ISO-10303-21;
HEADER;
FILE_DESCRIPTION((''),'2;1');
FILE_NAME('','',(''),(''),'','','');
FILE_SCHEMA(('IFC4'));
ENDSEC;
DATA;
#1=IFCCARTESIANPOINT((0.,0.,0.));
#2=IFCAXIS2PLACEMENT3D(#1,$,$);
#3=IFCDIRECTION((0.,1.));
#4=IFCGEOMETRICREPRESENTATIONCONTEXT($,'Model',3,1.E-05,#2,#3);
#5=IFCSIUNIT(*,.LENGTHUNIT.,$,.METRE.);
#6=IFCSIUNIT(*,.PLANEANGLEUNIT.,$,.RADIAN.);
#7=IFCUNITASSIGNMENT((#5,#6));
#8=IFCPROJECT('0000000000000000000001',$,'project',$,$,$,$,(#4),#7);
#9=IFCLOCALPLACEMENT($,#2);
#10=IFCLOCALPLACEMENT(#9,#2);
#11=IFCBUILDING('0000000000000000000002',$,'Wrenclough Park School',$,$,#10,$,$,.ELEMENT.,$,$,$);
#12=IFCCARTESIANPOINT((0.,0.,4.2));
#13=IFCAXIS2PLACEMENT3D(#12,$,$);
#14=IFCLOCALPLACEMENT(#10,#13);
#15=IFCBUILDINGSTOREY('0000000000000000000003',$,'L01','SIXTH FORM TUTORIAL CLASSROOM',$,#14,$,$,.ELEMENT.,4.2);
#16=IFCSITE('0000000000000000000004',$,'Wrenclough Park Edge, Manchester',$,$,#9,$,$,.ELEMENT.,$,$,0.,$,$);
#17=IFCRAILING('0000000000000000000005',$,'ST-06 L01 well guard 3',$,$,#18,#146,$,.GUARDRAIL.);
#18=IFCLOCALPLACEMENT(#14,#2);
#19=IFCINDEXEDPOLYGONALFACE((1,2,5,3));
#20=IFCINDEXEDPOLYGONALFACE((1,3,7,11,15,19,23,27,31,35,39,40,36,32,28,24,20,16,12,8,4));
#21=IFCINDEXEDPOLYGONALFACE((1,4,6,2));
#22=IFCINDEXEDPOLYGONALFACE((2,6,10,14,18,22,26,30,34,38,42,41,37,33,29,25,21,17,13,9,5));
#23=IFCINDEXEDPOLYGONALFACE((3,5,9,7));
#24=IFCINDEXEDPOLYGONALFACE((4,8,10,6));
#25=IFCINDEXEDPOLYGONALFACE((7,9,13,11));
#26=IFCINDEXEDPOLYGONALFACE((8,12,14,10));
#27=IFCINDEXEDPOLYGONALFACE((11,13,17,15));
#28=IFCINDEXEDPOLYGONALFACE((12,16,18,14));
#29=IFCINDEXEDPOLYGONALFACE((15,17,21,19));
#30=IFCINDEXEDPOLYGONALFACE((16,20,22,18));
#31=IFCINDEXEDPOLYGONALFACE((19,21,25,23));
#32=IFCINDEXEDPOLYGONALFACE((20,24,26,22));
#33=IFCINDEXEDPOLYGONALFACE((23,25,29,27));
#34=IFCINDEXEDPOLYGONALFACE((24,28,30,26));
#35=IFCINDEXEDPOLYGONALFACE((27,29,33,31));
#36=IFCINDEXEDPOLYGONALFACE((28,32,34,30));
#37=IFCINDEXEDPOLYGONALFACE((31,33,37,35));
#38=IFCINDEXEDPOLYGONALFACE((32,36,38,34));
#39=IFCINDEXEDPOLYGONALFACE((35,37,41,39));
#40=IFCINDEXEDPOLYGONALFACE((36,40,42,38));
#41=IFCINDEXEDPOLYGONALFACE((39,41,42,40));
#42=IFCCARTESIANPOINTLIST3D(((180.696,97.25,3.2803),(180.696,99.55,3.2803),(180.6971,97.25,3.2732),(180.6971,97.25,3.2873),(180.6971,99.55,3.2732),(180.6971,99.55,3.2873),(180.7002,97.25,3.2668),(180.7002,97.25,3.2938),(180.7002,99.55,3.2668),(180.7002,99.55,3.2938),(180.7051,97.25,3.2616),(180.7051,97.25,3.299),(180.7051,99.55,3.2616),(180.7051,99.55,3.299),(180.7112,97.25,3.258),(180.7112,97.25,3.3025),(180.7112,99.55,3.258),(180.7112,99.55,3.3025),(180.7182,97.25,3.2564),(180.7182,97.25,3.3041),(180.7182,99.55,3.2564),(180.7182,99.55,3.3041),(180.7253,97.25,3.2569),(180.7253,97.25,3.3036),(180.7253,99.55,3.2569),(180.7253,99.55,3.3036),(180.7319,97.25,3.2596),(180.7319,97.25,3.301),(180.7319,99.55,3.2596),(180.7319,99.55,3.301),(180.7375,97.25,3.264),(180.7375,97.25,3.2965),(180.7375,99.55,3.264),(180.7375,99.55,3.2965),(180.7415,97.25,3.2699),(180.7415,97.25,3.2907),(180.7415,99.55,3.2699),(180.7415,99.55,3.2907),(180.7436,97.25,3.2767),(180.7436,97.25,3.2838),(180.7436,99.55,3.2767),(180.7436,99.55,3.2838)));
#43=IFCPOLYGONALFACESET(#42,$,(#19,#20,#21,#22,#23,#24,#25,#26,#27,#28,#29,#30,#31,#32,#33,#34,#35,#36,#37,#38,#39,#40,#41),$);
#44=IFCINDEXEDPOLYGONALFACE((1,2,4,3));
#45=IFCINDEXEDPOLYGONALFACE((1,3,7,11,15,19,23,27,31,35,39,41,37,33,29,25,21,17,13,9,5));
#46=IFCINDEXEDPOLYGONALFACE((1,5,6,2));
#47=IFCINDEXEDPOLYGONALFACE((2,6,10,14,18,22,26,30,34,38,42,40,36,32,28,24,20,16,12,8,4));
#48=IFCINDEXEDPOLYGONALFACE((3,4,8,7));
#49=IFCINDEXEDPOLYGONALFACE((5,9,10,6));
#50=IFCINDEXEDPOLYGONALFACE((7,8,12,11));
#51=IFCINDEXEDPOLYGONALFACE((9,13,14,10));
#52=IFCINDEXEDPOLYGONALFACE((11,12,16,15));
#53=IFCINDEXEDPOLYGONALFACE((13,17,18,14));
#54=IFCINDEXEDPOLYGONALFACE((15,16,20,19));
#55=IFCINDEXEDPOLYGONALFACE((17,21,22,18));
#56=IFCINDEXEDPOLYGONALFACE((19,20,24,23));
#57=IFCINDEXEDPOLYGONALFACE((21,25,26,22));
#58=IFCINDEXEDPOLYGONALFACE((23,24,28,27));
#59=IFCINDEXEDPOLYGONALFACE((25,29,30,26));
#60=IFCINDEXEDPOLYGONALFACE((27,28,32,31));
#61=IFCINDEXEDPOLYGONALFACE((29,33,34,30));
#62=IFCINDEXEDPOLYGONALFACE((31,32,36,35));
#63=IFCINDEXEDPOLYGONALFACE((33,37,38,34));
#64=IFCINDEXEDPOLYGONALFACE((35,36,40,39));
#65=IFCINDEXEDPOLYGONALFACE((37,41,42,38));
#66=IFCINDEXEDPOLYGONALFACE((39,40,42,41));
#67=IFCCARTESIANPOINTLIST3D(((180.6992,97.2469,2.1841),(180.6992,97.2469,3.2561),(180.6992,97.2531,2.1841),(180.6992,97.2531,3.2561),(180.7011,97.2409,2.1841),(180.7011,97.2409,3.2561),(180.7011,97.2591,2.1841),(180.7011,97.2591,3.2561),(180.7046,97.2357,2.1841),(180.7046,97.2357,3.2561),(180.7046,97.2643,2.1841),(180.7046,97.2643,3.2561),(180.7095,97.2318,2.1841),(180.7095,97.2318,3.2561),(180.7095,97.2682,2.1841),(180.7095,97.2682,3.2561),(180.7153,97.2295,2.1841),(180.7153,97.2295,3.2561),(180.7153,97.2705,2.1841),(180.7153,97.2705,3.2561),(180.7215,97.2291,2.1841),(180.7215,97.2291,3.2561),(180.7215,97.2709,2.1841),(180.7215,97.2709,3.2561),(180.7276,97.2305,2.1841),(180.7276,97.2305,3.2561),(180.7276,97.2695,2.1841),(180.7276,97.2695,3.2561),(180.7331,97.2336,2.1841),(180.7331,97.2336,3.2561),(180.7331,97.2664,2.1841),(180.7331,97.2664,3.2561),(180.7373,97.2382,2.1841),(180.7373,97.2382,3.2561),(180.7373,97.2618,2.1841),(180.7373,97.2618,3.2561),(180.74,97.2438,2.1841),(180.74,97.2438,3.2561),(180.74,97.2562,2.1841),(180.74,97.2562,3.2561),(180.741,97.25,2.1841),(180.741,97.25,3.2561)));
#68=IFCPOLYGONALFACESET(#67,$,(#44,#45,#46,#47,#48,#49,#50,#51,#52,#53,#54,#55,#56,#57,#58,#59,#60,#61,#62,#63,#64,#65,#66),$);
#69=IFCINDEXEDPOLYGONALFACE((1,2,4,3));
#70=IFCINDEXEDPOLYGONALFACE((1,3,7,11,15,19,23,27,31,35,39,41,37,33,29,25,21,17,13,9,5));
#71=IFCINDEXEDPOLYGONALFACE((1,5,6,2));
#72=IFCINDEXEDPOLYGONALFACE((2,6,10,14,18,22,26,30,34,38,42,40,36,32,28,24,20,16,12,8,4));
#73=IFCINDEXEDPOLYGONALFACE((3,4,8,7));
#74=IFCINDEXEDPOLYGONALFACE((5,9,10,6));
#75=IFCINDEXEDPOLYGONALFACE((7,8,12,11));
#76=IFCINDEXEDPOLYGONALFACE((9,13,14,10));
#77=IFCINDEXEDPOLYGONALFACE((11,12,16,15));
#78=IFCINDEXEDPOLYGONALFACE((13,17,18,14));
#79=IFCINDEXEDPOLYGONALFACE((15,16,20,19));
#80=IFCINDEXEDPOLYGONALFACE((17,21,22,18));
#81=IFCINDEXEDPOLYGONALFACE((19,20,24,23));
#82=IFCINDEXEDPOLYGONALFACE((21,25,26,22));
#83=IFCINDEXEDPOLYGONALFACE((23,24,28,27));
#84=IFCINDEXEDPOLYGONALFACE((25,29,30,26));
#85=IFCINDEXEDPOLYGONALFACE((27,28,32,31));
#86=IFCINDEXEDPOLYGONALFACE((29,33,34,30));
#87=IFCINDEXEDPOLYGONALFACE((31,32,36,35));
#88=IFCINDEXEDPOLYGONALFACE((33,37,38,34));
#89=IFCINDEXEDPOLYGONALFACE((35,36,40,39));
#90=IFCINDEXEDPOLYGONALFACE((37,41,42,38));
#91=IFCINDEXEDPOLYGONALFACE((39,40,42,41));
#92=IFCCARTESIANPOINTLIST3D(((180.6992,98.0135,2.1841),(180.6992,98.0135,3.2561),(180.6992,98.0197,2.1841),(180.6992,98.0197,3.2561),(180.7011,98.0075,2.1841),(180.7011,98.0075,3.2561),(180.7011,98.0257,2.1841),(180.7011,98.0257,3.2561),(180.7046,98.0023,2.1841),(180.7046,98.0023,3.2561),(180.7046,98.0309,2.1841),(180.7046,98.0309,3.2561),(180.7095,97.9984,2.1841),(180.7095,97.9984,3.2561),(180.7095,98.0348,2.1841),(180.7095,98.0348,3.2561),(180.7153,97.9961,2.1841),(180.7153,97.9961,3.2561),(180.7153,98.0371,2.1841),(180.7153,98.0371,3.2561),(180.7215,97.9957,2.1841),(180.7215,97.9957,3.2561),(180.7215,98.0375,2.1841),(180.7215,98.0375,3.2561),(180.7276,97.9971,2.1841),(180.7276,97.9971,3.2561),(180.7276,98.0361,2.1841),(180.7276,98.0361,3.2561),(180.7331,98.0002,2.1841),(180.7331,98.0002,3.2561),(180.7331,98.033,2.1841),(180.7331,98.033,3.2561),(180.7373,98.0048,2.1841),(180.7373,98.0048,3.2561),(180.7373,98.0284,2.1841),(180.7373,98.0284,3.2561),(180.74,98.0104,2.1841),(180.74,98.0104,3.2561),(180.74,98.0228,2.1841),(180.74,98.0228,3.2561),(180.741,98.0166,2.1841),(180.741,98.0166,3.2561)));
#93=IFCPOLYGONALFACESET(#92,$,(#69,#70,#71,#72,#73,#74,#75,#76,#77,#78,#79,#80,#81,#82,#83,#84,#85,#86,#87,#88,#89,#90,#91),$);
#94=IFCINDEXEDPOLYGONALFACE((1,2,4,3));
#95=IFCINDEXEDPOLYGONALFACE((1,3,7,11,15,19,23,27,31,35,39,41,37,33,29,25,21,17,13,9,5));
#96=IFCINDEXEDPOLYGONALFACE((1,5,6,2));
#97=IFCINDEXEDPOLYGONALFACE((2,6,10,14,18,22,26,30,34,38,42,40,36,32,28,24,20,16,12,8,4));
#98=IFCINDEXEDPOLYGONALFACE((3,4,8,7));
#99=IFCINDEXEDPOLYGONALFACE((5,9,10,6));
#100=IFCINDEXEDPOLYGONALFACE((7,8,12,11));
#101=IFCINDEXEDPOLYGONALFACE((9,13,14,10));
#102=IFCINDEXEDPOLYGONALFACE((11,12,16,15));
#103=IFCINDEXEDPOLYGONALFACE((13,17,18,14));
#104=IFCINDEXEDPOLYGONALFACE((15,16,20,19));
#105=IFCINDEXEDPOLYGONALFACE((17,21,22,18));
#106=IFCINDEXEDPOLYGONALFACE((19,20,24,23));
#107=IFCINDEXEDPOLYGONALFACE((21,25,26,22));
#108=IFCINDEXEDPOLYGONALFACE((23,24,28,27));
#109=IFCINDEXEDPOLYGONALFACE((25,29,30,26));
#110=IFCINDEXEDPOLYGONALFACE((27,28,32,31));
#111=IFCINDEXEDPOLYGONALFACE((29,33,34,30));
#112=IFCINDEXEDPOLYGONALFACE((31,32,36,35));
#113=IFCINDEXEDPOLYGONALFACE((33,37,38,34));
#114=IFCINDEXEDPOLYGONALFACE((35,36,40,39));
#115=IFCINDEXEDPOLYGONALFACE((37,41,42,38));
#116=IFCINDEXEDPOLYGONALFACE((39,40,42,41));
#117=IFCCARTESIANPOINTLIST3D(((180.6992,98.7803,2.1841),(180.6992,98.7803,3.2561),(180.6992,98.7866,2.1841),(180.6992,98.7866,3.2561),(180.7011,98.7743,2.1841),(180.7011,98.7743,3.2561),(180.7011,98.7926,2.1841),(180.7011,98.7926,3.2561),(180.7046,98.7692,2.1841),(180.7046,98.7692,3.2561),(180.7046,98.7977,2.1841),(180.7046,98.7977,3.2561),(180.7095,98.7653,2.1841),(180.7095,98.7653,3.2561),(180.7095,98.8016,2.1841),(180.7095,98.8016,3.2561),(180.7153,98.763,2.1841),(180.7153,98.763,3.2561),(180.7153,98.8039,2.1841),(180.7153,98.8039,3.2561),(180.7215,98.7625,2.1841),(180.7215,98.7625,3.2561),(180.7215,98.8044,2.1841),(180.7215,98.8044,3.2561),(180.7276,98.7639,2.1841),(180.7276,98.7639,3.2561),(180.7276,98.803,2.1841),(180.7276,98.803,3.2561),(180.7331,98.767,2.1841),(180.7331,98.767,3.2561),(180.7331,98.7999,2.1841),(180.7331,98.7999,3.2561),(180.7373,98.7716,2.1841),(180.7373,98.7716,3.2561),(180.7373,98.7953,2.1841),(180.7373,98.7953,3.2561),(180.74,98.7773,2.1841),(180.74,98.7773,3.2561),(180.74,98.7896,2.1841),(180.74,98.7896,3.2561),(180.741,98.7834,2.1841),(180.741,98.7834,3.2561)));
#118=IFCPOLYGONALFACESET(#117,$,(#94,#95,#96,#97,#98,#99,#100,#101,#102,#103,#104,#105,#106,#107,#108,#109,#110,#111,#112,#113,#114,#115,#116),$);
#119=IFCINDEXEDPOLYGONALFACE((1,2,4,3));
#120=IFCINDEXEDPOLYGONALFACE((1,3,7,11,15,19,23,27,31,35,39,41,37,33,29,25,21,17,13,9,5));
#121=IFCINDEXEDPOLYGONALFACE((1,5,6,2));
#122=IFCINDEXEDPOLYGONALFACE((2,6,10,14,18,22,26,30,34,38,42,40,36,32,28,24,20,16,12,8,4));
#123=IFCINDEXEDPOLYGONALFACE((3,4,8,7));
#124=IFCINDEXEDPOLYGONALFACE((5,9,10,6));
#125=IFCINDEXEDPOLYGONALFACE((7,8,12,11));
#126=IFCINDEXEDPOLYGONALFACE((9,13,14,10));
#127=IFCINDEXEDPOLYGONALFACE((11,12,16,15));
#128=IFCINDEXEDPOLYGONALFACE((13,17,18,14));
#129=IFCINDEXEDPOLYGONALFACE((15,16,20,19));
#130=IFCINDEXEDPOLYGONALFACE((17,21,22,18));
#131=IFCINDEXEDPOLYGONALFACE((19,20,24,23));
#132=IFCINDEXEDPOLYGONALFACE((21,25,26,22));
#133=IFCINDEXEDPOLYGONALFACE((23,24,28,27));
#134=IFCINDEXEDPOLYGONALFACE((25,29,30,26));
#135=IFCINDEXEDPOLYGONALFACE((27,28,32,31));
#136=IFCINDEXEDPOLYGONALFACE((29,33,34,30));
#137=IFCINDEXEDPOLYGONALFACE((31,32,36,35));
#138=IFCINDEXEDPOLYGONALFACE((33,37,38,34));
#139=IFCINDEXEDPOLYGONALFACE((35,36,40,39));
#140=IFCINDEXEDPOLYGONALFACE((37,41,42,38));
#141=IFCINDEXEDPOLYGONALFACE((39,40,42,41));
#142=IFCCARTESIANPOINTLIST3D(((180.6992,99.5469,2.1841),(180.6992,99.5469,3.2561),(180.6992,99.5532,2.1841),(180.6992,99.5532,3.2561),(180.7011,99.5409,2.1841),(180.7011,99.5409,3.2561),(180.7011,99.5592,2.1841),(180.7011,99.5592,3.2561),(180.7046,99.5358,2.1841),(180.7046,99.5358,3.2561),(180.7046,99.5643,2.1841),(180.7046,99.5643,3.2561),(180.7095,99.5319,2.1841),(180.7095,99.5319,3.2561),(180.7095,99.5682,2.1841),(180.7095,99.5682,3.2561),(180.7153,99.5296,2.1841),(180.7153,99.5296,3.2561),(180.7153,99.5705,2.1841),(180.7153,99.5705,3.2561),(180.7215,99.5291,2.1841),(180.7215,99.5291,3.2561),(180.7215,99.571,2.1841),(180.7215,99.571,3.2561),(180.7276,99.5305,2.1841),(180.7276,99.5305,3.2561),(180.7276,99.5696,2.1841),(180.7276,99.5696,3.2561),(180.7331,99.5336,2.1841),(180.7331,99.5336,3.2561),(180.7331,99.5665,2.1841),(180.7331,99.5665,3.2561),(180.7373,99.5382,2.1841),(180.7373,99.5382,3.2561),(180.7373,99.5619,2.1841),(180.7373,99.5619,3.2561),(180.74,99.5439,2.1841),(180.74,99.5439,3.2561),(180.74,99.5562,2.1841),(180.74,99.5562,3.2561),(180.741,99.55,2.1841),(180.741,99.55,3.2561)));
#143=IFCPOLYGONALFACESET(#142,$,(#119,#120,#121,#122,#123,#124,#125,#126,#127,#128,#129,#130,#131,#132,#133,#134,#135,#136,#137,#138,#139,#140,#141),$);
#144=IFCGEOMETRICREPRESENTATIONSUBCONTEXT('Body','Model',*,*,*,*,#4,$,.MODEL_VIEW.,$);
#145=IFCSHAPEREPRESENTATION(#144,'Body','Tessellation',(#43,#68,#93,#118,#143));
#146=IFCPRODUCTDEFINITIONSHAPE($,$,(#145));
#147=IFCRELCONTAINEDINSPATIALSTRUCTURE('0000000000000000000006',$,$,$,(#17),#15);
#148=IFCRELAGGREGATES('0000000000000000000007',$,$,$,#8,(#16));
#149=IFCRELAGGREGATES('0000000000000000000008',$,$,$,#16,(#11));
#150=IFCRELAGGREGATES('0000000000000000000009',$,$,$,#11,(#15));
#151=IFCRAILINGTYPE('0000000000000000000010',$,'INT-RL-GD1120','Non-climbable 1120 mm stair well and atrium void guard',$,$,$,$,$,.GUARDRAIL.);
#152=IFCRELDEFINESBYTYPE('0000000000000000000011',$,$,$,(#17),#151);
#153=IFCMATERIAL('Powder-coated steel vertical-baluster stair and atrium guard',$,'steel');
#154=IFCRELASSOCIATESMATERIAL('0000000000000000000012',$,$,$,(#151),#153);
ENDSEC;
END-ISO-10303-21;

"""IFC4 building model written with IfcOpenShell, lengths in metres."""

from ifc_helpers import new_model, si_unit, direction, frame, origin, origin_2d, place, context, subcontext, project, spatial, circle, extrude, material, type_object, element, save


model = new_model("IFC4")

# Units and contexts
model_context = context("Model", 3, precision=1e-05, world=origin(), true_north=direction((0.0, 1.0)))
body_context = subcontext(model_context, "Body", "Model", "MODEL_VIEW")
ifc_project = project(units=[si_unit("LENGTHUNIT", "METRE"), si_unit("PLANEANGLEUNIT", "RADIAN")], contexts=[model_context])

# Site, building, storey
site_placement = place(None, origin())
site = spatial("IfcSite", under=ifc_project, at=site_placement, Name="Wrenclough Park Edge, Manchester", CompositionType="ELEMENT", RefElevation=0.0)
building_placement = place(site_placement, origin())
building = spatial("IfcBuilding", under=site, at=building_placement, Name="Wrenclough Park School", CompositionType="ELEMENT")
storey_placement = place(building_placement, frame((0.0, 0.0, 4.2)))
storey = spatial("IfcBuildingStorey", under=building, at=storey_placement, Name="L01", Description="SIXTH FORM TUTORIAL CLASSROOM", CompositionType="ELEMENT", Elevation=4.2)

# Railing
ifc_material_1 = material(Name="Powder-coated steel vertical-baluster stair and atrium guard", Category="steel")
railing_type = type_object("IfcRailingType", Name="INT-RL-GD1120", Description="Non-climbable 1120 mm stair well and atrium void guard", PredefinedType="GUARDRAIL", material=ifc_material_1)
railing_1_placement = place(storey_placement, frame((180.72, 97.25, 2.1841)))
element("IfcRailing", 1, at=railing_1_placement, inside=storey, type_object=railing_type, Name="ST-06 L01 well guard 3", PredefinedType="GUARDRAIL", context=body_context, shape_type="SweptSolid", body=[
    extrude(circle(Radius=0.0239, at=origin_2d()), frame((0.0, 0.0, 1.0962), z_axis=(0.0, 1.0, 0.0), x_axis=(-1.0, 0.0, 0.0)), (0.0, 0.0, 1.0), 2.3),
    extrude(circle(Radius=0.021, at=origin_2d()), origin(), (0.0, 0.0, 1.0), 1.072),
    extrude(circle(Radius=0.021, at=origin_2d()), frame((0.0, 0.7666, 0.0)), (0.0, 0.0, 1.0), 1.072),
    extrude(circle(Radius=0.021, at=origin_2d()), frame((0.0, 1.5334, 0.0)), (0.0, 0.0, 1.0), 1.072),
    extrude(circle(Radius=0.021, at=origin_2d()), frame((0.0, 2.3, 0.0)), (0.0, 0.0, 1.0), 1.072),
])

save(model, "model.ifc")
